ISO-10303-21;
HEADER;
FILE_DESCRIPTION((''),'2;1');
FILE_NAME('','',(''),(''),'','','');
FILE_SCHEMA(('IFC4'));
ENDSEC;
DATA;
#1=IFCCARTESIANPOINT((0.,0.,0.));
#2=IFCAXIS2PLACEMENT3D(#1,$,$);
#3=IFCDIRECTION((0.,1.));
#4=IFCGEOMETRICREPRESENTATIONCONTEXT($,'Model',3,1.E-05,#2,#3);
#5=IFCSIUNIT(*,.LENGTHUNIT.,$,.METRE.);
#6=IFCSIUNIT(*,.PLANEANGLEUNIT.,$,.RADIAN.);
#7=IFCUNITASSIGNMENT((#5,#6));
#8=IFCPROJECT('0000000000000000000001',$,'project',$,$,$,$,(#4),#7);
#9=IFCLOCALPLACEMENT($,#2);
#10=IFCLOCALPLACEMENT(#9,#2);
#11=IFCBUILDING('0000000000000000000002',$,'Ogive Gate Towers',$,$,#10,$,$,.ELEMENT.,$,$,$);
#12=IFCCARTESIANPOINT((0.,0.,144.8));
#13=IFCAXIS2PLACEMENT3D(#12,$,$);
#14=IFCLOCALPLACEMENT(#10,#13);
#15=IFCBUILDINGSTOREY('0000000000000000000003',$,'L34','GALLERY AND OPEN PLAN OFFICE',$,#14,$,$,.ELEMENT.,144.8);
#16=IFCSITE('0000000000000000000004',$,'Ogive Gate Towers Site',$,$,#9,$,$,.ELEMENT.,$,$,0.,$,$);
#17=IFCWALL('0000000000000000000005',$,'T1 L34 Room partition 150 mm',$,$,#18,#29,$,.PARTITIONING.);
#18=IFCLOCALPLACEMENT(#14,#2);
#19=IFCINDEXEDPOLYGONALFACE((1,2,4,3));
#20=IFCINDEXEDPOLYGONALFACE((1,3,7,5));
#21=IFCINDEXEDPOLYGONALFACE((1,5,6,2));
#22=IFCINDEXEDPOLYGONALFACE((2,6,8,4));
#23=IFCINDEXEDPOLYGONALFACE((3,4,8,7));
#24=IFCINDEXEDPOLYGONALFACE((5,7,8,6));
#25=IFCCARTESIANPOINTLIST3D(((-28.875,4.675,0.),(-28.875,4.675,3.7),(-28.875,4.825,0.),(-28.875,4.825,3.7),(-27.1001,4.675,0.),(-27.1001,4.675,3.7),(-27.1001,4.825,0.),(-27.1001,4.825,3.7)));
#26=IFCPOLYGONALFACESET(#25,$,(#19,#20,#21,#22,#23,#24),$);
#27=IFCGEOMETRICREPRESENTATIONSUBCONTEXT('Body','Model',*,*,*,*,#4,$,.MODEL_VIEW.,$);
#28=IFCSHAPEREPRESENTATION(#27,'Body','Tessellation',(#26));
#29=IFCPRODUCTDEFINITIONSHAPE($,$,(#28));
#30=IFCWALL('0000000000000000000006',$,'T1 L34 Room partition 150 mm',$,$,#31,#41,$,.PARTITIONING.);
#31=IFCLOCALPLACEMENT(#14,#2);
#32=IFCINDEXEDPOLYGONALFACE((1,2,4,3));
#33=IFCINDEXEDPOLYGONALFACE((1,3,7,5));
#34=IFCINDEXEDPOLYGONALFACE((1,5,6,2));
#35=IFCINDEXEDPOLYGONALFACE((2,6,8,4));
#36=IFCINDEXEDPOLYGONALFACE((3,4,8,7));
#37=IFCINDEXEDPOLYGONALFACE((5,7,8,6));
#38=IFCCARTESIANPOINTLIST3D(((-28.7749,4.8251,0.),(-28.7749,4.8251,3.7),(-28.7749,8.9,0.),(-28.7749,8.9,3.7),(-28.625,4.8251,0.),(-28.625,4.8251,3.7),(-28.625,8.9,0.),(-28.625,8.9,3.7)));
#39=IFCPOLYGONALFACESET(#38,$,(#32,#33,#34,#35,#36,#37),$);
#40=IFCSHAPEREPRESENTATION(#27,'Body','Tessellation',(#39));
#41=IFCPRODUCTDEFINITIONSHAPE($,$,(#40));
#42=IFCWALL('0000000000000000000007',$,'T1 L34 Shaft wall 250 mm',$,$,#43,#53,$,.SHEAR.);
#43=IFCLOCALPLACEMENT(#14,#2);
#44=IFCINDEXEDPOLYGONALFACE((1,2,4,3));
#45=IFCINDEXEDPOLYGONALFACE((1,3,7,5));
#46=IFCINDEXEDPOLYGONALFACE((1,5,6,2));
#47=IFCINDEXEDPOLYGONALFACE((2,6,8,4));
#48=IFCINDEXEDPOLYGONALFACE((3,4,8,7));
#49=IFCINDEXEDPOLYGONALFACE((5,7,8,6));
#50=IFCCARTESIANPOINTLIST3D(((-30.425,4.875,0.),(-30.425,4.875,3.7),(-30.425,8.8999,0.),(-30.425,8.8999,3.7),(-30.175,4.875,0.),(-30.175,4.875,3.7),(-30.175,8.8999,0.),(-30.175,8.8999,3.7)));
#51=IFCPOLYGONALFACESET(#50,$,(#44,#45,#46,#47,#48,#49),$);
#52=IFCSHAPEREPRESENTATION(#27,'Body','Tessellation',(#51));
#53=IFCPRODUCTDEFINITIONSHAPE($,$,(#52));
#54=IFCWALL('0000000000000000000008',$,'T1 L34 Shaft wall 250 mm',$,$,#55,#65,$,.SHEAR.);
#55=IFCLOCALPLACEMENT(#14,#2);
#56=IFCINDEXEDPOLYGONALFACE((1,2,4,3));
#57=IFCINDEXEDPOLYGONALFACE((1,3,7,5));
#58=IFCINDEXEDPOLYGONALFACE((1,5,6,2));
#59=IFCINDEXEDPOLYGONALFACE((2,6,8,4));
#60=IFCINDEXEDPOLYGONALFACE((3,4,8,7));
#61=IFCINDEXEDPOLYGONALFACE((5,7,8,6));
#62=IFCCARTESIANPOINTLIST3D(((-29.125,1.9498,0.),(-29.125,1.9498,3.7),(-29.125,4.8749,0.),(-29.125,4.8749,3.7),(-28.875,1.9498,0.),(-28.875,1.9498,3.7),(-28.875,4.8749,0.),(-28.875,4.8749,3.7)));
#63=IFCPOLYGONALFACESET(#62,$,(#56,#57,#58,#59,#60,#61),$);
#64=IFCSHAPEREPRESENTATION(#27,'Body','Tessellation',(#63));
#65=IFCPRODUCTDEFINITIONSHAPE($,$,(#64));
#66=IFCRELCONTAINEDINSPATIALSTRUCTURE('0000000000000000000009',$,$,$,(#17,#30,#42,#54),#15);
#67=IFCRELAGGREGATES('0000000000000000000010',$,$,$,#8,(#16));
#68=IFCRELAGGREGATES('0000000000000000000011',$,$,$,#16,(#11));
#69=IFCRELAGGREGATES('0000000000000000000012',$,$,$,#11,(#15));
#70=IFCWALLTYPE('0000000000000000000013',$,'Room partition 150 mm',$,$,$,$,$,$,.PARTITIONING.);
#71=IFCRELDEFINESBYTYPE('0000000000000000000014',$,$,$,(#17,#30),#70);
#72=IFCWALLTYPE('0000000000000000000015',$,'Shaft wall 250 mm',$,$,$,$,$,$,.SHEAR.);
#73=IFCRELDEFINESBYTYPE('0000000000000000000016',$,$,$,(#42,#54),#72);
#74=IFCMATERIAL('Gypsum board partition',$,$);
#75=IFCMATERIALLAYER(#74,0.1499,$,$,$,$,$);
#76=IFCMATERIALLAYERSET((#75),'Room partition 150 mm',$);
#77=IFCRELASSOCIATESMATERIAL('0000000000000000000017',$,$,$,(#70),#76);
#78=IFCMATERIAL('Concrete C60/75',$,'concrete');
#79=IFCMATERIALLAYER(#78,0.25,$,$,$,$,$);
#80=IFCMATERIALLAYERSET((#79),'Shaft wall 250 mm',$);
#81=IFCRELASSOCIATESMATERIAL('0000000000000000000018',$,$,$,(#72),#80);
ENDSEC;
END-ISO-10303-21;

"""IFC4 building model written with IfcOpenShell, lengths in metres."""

from ifc_helpers import new_model, si_unit, direction, frame, frame_2d, origin, place, context, subcontext, project, spatial, rectangle, extrude, material, layer, layer_set, type_object, element, save


model = new_model("IFC4")

# Units and contexts
model_context = context("Model", 3, precision=1e-05, world=origin(), true_north=direction((0.0, 1.0)))
body_context = subcontext(model_context, "Body", "Model", "MODEL_VIEW")
ifc_project = project(units=[si_unit("LENGTHUNIT", "METRE"), si_unit("PLANEANGLEUNIT", "RADIAN")], contexts=[model_context])

# Site, building, storey
site_placement = place(None, origin())
site = spatial("IfcSite", under=ifc_project, at=site_placement, Name="Ogive Gate Towers Site", CompositionType="ELEMENT", RefElevation=0.0)
building_placement = place(site_placement, origin())
building = spatial("IfcBuilding", under=site, at=building_placement, Name="Ogive Gate Towers", CompositionType="ELEMENT")
storey_placement = place(building_placement, frame((0.0, 0.0, 144.8)))
storey = spatial("IfcBuildingStorey", under=building, at=storey_placement, Name="L34", Description="GALLERY AND OPEN PLAN OFFICE", CompositionType="ELEMENT", Elevation=144.8)

# Shared definitions
ifc_material_1 = material(Name="Gypsum board partition")

# Walls
ifc_layer_1 = layer(ifc_material_1, 0.1499)
ifc_layer_set_1 = layer_set([ifc_layer_1], Name="Room partition 150 mm")
wall_type_1 = type_object("IfcWallType", Name="Room partition 150 mm", PredefinedType="PARTITIONING", material=ifc_layer_set_1)
wall_1_placement = place(storey_placement, frame((-28.875, 4.75, 0.0), z_axis=(0.0, 0.0, 1.0), x_axis=(1.0, 0.0, 0.0)))
element("IfcWall", 1, at=wall_1_placement, inside=storey, type_object=wall_type_1, Name="T1 L34 Room partition 150 mm", PredefinedType="PARTITIONING", context=body_context, shape_type="SweptSolid", body=[
    extrude(rectangle(XDim=1.7749, YDim=0.1499, at=frame_2d((0.8875, 0.0))), origin(), (0.0, 0.0, 1.0), 3.7),
])
wall_2_placement = place(storey_placement, frame((-28.7, 4.825, 0.0), z_axis=(0.0, 0.0, 1.0), x_axis=(0.0, 1.0, 0.0)))
element("IfcWall", 2, at=wall_2_placement, inside=storey, type_object=wall_type_1, Name="T1 L34 Room partition 150 mm", PredefinedType="PARTITIONING", context=body_context, shape_type="SweptSolid", body=[
    extrude(rectangle(XDim=4.075, YDim=0.1499, at=frame_2d((2.0376, 0.0))), origin(), (0.0, 0.0, 1.0), 3.7),
])
ifc_material_2 = material(Name="Concrete C60/75", Category="concrete")
ifc_layer_2 = layer(ifc_material_2, 0.25)
ifc_layer_set_2 = layer_set([ifc_layer_2], Name="Shaft wall 250 mm")
wall_type_2 = type_object("IfcWallType", Name="Shaft wall 250 mm", PredefinedType="SHEAR", material=ifc_layer_set_2)
wall_3_placement = place(storey_placement, frame((-30.3, 4.875, 0.0), z_axis=(0.0, 0.0, 1.0), x_axis=(0.0, 1.0, 0.0)))
element("IfcWall", 3, at=wall_3_placement, inside=storey, type_object=wall_type_2, Name="T1 L34 Shaft wall 250 mm", PredefinedType="SHEAR", context=body_context, shape_type="SweptSolid", body=[
    extrude(rectangle(XDim=4.0249, YDim=0.25, at=frame_2d((2.0125, 0.0))), origin(), (0.0, 0.0, 1.0), 3.7),
])
wall_4_placement = place(storey_placement, frame((-29.0, 1.95, 0.0), z_axis=(0.0, 0.0, 1.0), x_axis=(0.0, 1.0, 0.0)))
element("IfcWall", 4, at=wall_4_placement, inside=storey, type_object=wall_type_2, Name="T1 L34 Shaft wall 250 mm", PredefinedType="SHEAR", context=body_context, shape_type="SweptSolid", body=[
    extrude(rectangle(XDim=2.925, YDim=0.25, at=frame_2d((1.4624, 0.0))), origin(), (0.0, 0.0, 1.0), 3.7),
])

save(model, "model.ifc")
